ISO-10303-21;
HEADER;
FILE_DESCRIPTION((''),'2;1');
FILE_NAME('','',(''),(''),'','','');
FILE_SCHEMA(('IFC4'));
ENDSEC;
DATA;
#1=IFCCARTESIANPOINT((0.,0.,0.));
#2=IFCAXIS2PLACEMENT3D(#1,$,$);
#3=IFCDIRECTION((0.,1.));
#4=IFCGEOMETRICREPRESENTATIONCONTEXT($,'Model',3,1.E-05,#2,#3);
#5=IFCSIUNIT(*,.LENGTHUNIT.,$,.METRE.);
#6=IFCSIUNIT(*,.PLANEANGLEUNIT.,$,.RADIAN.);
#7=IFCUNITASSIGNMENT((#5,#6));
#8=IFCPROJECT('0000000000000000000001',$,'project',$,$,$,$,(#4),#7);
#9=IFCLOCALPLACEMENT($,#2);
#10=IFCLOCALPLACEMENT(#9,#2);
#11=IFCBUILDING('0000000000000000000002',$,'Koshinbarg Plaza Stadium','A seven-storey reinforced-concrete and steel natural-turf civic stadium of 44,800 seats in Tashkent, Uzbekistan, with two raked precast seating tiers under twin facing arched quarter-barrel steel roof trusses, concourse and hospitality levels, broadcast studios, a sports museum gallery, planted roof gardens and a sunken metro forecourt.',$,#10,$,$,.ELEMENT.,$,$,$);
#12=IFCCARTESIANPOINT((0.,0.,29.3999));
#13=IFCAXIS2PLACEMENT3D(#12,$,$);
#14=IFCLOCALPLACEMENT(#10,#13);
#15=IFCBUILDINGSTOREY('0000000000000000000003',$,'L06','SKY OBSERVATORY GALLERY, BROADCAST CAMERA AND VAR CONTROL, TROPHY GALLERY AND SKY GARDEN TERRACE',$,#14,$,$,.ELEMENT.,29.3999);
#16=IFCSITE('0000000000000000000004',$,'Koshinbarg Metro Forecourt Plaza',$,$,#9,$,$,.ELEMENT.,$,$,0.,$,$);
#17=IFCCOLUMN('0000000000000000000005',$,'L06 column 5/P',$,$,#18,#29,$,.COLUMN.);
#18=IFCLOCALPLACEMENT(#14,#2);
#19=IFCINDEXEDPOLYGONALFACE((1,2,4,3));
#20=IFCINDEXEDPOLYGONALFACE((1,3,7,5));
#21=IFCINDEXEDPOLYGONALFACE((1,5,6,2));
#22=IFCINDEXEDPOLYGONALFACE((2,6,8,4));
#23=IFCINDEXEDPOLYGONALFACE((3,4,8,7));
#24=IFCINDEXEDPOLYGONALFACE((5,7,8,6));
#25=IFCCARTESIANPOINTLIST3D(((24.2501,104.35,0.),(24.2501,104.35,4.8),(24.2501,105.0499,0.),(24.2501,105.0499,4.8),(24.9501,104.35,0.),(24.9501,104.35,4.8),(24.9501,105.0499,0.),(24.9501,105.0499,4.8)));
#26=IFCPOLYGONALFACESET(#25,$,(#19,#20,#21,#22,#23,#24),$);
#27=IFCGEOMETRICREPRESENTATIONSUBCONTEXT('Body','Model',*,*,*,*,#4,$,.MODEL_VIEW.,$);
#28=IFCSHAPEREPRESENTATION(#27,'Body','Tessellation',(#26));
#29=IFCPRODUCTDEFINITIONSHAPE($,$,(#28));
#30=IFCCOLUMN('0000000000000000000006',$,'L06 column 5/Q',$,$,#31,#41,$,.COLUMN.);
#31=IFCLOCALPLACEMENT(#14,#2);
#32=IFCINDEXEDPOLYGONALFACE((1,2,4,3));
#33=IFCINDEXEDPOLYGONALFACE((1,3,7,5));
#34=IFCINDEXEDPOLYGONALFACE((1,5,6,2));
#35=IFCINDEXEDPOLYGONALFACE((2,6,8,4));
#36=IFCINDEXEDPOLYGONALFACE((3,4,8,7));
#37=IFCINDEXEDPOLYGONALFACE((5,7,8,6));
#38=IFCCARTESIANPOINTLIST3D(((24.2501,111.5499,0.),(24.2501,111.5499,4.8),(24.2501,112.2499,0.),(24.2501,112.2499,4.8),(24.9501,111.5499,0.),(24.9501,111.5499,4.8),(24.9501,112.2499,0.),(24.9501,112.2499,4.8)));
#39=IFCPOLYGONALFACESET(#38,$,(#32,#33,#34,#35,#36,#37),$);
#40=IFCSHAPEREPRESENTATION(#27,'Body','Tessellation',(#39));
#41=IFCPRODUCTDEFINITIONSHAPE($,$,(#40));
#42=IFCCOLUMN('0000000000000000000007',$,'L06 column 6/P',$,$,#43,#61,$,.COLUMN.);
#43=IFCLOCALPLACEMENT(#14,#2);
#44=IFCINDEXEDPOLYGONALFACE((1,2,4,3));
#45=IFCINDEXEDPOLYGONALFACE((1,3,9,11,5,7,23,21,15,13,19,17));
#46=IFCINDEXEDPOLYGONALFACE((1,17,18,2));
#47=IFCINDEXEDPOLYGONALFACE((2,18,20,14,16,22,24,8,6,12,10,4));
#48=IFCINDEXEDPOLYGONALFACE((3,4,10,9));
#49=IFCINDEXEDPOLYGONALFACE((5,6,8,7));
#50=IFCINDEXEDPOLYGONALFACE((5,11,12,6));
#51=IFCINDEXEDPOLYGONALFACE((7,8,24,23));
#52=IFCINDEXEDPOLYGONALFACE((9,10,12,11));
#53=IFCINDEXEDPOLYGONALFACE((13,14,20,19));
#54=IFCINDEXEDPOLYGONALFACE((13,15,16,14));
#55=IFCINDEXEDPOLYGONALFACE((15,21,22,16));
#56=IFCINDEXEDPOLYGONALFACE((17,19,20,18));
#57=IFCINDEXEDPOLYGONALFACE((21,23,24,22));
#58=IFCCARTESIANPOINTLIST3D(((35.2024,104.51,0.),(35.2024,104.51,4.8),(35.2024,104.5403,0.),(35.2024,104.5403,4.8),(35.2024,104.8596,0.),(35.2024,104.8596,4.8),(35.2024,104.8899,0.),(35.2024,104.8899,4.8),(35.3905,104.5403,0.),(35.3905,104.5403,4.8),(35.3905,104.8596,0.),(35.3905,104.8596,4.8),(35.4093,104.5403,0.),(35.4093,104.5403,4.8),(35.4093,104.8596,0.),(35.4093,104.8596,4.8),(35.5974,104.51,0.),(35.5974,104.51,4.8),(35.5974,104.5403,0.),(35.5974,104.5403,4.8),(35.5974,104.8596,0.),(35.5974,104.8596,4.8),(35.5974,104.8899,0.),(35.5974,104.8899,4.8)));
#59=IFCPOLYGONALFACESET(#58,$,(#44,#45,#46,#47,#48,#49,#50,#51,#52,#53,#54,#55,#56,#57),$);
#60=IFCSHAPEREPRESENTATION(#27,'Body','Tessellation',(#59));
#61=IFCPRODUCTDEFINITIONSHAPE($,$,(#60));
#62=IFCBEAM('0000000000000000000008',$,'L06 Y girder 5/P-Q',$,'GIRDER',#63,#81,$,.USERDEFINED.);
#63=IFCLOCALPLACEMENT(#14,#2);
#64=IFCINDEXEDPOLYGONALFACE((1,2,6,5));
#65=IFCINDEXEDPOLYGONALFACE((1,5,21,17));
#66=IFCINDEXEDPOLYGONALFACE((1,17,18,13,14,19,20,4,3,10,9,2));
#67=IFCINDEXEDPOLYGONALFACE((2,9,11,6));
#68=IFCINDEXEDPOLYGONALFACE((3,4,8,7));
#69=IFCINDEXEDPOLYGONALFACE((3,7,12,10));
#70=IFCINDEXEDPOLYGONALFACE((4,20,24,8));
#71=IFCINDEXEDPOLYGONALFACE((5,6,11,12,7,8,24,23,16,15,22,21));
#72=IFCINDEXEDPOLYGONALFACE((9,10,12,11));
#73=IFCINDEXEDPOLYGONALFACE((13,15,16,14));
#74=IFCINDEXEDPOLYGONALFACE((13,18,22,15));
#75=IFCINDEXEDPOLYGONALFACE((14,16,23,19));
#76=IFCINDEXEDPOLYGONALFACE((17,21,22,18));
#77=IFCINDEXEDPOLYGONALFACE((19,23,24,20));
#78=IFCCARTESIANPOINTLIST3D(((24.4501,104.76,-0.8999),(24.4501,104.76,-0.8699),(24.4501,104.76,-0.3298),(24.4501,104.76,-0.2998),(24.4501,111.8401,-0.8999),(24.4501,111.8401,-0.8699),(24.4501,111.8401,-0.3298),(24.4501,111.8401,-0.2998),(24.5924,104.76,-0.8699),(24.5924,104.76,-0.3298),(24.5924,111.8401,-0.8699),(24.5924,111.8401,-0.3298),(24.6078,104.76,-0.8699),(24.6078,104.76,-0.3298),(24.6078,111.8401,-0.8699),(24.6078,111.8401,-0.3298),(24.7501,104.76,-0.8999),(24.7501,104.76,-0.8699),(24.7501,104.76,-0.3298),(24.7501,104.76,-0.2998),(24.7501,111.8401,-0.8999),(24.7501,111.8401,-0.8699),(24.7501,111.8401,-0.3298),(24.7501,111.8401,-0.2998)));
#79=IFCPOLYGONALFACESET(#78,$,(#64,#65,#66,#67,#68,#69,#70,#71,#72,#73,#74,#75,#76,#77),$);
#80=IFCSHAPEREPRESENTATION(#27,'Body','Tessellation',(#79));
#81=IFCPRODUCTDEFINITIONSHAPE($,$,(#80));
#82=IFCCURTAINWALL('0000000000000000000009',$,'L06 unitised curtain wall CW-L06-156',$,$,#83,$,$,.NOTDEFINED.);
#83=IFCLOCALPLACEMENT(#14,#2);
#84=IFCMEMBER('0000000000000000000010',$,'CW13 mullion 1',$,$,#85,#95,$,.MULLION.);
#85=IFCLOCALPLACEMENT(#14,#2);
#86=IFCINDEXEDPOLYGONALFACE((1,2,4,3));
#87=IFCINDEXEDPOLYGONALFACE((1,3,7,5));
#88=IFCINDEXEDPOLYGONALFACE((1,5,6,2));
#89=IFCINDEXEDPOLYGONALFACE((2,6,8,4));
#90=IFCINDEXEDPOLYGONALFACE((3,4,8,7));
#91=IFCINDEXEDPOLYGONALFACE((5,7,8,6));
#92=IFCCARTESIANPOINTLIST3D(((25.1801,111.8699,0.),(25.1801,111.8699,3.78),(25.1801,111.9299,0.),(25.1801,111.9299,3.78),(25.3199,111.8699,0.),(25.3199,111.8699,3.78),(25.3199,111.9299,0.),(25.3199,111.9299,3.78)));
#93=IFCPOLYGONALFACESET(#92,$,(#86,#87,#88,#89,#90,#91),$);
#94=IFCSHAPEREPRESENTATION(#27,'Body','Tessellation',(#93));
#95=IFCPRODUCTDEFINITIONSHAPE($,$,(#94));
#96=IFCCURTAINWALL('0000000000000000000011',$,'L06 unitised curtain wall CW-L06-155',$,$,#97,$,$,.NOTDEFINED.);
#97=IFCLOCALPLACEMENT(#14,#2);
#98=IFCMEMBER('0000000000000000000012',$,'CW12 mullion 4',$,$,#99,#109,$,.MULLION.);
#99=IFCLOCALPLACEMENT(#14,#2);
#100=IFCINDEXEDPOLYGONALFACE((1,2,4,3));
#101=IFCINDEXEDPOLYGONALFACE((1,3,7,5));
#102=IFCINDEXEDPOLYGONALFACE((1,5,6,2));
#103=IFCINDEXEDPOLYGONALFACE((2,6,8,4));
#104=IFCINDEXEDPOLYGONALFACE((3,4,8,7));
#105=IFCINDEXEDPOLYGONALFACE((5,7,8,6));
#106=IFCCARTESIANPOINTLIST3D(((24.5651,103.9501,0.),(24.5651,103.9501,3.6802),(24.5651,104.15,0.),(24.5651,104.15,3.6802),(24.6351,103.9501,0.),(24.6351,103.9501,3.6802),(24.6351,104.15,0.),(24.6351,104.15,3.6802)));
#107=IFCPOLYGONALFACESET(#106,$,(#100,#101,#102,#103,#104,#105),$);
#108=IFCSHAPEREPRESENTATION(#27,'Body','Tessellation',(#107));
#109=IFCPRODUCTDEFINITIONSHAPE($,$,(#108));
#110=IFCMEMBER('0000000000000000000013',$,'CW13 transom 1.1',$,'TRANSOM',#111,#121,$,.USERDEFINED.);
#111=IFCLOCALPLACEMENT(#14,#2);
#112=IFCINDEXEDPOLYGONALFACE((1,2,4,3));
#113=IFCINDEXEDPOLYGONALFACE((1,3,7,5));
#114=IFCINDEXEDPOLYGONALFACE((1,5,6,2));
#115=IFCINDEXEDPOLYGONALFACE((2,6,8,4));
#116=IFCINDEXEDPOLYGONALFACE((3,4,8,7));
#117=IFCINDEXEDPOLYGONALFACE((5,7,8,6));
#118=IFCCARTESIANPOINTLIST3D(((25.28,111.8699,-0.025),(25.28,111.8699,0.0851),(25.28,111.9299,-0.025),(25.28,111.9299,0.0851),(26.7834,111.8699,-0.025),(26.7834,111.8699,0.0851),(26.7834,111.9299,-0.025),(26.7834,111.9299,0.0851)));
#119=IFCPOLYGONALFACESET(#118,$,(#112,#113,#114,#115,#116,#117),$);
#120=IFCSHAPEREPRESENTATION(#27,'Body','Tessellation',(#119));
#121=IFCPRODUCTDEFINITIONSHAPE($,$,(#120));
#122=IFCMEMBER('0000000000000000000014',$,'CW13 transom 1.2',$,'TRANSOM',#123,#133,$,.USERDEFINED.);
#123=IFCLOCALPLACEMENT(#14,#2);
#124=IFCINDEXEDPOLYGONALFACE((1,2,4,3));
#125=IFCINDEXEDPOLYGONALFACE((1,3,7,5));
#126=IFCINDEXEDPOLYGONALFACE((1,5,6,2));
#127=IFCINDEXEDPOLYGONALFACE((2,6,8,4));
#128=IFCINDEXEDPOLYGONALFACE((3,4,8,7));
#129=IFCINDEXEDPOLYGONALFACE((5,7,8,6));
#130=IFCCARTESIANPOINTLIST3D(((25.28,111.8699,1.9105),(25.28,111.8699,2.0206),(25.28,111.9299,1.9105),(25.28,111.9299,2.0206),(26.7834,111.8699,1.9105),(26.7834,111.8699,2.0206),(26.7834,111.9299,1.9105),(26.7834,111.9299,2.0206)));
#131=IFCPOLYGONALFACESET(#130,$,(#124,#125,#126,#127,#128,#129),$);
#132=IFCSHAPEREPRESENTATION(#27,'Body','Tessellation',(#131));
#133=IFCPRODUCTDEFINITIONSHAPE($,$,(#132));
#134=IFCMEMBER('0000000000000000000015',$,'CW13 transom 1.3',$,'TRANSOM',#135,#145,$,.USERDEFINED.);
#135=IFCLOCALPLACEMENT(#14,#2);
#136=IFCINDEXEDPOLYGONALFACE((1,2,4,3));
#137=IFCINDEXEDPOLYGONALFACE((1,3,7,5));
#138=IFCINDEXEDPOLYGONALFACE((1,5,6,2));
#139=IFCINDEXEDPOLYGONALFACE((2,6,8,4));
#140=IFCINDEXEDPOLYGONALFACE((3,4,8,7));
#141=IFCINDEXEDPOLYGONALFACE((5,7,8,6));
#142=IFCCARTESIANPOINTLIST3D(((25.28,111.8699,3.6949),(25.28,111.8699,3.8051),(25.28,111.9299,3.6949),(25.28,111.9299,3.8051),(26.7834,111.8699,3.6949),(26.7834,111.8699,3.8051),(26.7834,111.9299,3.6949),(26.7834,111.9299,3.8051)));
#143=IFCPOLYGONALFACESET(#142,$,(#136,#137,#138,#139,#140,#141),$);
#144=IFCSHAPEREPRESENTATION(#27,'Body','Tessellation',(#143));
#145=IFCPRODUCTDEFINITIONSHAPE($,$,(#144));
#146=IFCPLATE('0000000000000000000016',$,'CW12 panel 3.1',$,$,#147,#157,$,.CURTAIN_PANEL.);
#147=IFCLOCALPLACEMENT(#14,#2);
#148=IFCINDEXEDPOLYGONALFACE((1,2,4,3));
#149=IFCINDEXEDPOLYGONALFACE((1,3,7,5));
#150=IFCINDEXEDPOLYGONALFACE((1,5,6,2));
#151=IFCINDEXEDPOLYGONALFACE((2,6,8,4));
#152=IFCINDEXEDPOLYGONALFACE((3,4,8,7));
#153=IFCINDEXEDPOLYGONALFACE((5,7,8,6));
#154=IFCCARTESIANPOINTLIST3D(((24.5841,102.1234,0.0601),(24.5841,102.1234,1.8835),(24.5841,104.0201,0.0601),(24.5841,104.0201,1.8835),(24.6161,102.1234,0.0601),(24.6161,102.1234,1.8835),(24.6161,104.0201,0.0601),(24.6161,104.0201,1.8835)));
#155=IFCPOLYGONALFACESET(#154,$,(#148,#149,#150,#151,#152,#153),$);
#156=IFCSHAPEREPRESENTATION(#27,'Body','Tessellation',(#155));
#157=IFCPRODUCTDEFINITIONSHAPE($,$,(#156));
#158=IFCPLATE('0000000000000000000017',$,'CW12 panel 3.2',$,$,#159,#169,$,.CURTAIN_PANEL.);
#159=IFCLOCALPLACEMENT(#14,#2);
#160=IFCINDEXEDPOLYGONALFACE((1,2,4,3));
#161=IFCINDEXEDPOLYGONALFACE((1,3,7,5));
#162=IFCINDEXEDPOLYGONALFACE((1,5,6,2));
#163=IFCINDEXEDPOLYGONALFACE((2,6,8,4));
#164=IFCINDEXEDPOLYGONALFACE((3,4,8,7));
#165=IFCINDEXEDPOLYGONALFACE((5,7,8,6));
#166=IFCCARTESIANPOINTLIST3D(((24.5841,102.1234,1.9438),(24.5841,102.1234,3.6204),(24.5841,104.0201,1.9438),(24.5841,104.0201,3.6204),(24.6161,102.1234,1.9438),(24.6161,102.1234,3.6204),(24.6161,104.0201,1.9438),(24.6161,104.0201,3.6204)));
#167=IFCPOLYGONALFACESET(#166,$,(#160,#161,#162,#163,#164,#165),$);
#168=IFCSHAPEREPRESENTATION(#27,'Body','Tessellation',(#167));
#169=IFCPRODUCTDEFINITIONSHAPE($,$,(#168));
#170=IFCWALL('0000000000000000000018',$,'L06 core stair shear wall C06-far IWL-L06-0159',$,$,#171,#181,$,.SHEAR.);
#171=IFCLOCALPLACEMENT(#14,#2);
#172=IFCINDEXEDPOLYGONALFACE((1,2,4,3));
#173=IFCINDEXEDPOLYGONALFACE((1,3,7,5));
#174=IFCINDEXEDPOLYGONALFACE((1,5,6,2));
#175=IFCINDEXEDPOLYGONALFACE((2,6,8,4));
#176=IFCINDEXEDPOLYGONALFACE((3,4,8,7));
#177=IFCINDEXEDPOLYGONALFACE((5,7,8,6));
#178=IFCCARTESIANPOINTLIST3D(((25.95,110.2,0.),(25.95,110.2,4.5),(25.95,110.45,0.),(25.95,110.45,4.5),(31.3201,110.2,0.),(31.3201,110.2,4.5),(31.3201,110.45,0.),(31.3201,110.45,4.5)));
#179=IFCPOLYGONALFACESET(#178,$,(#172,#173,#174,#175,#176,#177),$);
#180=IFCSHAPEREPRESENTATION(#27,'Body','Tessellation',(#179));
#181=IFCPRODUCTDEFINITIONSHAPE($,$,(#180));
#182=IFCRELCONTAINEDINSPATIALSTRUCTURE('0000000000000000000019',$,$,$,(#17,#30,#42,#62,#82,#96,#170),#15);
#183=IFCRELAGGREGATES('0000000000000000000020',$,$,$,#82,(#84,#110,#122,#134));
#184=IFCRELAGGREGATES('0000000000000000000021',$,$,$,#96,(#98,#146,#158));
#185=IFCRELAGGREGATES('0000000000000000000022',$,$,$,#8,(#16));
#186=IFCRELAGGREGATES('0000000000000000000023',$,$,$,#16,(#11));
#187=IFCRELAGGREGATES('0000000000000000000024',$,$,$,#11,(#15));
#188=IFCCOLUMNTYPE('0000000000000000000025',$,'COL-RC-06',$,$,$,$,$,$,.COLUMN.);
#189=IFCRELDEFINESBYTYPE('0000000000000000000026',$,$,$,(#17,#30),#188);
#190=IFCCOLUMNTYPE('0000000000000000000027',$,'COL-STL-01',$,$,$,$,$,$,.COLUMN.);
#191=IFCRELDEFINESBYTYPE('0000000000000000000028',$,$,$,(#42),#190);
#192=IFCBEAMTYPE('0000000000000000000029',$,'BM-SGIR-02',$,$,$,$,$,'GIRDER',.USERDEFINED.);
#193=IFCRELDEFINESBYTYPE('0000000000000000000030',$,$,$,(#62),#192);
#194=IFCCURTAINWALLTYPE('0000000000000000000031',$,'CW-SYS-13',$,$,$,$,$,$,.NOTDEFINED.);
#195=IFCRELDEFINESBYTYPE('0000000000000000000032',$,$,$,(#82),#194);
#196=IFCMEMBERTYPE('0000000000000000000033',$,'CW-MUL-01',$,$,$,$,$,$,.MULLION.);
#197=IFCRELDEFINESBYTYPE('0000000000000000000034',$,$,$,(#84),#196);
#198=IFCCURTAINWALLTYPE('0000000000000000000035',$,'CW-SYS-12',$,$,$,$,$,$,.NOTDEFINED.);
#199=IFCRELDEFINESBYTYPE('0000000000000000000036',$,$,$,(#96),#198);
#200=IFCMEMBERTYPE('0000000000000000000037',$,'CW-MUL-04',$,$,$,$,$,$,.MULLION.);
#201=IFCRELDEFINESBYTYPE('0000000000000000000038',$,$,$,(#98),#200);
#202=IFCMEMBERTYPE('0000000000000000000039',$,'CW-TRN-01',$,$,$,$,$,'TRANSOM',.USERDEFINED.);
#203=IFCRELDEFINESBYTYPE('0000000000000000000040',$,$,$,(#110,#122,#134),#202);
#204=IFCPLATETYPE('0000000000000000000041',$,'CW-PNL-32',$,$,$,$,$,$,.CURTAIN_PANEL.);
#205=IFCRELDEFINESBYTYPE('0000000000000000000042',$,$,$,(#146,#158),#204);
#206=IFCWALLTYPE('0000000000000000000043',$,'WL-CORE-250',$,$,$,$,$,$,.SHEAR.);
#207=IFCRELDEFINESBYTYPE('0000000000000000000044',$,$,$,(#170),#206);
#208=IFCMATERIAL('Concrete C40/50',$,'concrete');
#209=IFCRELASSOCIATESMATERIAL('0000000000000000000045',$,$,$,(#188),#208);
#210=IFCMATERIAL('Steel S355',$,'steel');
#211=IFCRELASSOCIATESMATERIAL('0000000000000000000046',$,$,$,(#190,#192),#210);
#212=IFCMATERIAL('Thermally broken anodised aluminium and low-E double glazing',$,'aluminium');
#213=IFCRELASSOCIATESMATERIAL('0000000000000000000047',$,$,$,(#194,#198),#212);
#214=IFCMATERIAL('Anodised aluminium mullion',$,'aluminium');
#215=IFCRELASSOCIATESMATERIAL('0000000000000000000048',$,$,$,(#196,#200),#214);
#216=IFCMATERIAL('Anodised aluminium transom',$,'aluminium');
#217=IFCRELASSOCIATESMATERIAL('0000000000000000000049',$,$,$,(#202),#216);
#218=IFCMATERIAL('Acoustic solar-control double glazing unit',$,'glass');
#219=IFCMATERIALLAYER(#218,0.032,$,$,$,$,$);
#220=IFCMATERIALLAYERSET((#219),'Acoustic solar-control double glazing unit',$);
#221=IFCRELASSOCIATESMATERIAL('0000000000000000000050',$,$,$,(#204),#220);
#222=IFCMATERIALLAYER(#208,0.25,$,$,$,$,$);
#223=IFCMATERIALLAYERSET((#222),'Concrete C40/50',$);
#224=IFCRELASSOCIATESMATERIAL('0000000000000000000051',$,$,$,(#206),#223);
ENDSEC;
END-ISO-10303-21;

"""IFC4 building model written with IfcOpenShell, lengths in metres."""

from ifc_helpers import new_model, si_unit, direction, frame, frame_2d, origin, origin_2d, place, context, subcontext, project, spatial, rectangle, i_section, extrude, material, layer, layer_set, material_profile, profile_set, type_object, element, aggregate, save


model = new_model("IFC4")

# Units and contexts
model_context = context("Model", 3, precision=1e-05, world=origin(), true_north=direction((0.0, 1.0)))
body_context = subcontext(model_context, "Body", "Model", "MODEL_VIEW")
ifc_project = project(units=[si_unit("LENGTHUNIT", "METRE"), si_unit("PLANEANGLEUNIT", "RADIAN")], contexts=[model_context])

# Site, building, storey
site_placement = place(None, origin())
site = spatial("IfcSite", under=ifc_project, at=site_placement, Name="Koshinbarg Metro Forecourt Plaza", CompositionType="ELEMENT", RefElevation=0.0)
building_placement = place(site_placement, origin())
building = spatial("IfcBuilding", under=site, at=building_placement, Name="Koshinbarg Plaza Stadium", Description="A seven-storey reinforced-concrete and steel natural-turf civic stadium of 44,800 seats in Tashkent, Uzbekistan, with two raked precast seating tiers under twin facing arched quarter-barrel steel roof trusses, concourse and hospitality levels, broadcast studios, a sports museum gallery, planted roof gardens and a sunken metro forecourt.", CompositionType="ELEMENT")
storey_placement = place(building_placement, frame((0.0, 0.0, 29.3999)))
storey = spatial("IfcBuildingStorey", under=building, at=storey_placement, Name="L06", Description="SKY OBSERVATORY GALLERY, BROADCAST CAMERA AND VAR CONTROL, TROPHY GALLERY AND SKY GARDEN TERRACE", CompositionType="ELEMENT", Elevation=29.3999)

# Columns
ifc_material_1 = material(Name="Concrete C40/50", Category="concrete")
ifc_material_profile_1 = material_profile(ifc_material_1, rectangle(XDim=0.7, YDim=0.7, at=origin_2d()), Name="RC 700x700")
ifc_profile_set_1 = profile_set([ifc_material_profile_1], Name="Concrete C40/50")
column_type_1 = type_object("IfcColumnType", Name="COL-RC-06", PredefinedType="COLUMN", material=ifc_profile_set_1)
for number, where, z_axis, x_axis, name in (
    (1, (24.6001, 104.7, 0.0), (0.0, 0.0, 1.0), (1.0, 0.0, 0.0), "L06 column 5/P"),
    (2, (24.6001, 111.8999, 0.0), (0.0, 0.0, 1.0), (1.0, 0.0, 0.0), "L06 column 5/Q"),
):
    element("IfcColumn", number, at=place(storey_placement, frame(where, z_axis=z_axis, x_axis=x_axis)), inside=storey, type_object=column_type_1, Name=name, PredefinedType="COLUMN", context=body_context, shape_type="SweptSolid", body=[
        extrude(rectangle(XDim=0.7, YDim=0.7, at=origin_2d()), origin(), (0.0, 0.0, 1.0), 4.8),
    ])
ifc_material_2 = material(Name="Steel S355", Category="steel")
ifc_material_profile_2 = material_profile(ifc_material_2, i_section(OverallWidth=0.395, OverallDepth=0.3799, WebThickness=0.0188, FlangeThickness=0.0303, at=origin_2d()), Name="HD 400x237")
ifc_profile_set_2 = profile_set([ifc_material_profile_2], Name="Steel S355")
column_type_2 = type_object("IfcColumnType", Name="COL-STL-01", PredefinedType="COLUMN", material=ifc_profile_set_2)
column_placement = place(storey_placement, frame((35.3999, 104.7, 0.0), z_axis=(0.0, 0.0, 1.0), x_axis=(1.0, 0.0, 0.0)))
element("IfcColumn", 3, at=column_placement, inside=storey, type_object=column_type_2, Name="L06 column 6/P", PredefinedType="COLUMN", context=body_context, shape_type="SweptSolid", body=[
    extrude(i_section(OverallWidth=0.395, OverallDepth=0.3799, WebThickness=0.0188, FlangeThickness=0.0303, at=origin_2d()), origin(), (0.0, 0.0, 1.0), 4.8),
])

# Beam
ifc_material_profile_3 = material_profile(ifc_material_2, i_section(OverallWidth=0.3, OverallDepth=0.6001, WebThickness=0.0154, FlangeThickness=0.03, at=origin_2d()), Name="HEB 600")
ifc_profile_set_3 = profile_set([ifc_material_profile_3], Name="Steel S355")
beam_type = type_object("IfcBeamType", Name="BM-SGIR-02", ElementType="GIRDER", PredefinedType="USERDEFINED", material=ifc_profile_set_3)
beam_placement = place(storey_placement, frame((24.6001, 104.76, -0.5999), z_axis=(0.0, 1.0, 0.0), x_axis=(-1.0, 0.0, 0.0)))
element("IfcBeam", 4, at=beam_placement, inside=storey, type_object=beam_type, Name="L06 Y girder 5/P-Q", ObjectType="GIRDER", PredefinedType="USERDEFINED", context=body_context, shape_type="SweptSolid", body=[
    extrude(i_section(OverallWidth=0.3, OverallDepth=0.6001, WebThickness=0.0154, FlangeThickness=0.03, at=origin_2d()), origin(), (0.0, 0.0, 1.0), 7.0801),
])

# Curtain walls, members
ifc_material_3 = material(Name="Thermally broken anodised aluminium and low-E double glazing", Category="aluminium")
curtain_wall_type_1 = type_object("IfcCurtainWallType", Name="CW-SYS-13", PredefinedType="NOTDEFINED", material=ifc_material_3)
curtain_wall_1_placement = place(storey_placement, origin())
curtain_wall_1 = element("IfcCurtainWall", 5, at=curtain_wall_1_placement, inside=storey, type_object=curtain_wall_type_1, Name="L06 unitised curtain wall CW-L06-156", PredefinedType="NOTDEFINED")
ifc_material_4 = material(Name="Anodised aluminium mullion", Category="aluminium")
ifc_material_profile_4 = material_profile(ifc_material_4, rectangle(XDim=0.0601, YDim=0.1399, at=origin_2d()), Name="ALU 60x140")
ifc_profile_set_4 = profile_set([ifc_material_profile_4], Name="Anodised aluminium mullion")
member_type_1 = type_object("IfcMemberType", Name="CW-MUL-01", PredefinedType="MULLION", material=ifc_profile_set_4)
member_1_placement = place(storey_placement, frame((25.25, 111.8999, 0.0), z_axis=(0.0, 0.0, 1.0), x_axis=(0.0, 1.0, 0.0)))
member_1 = element("IfcMember", 6, at=member_1_placement, type_object=member_type_1, Name="CW13 mullion 1", PredefinedType="MULLION", context=body_context, shape_type="SweptSolid", body=[
    extrude(rectangle(XDim=0.0601, YDim=0.1399, at=origin_2d()), origin(), (0.0, 0.0, 1.0), 3.78),
])
curtain_wall_type_2 = type_object("IfcCurtainWallType", Name="CW-SYS-12", PredefinedType="NOTDEFINED", material=ifc_material_3)
curtain_wall_2_placement = place(storey_placement, origin())
curtain_wall_2 = element("IfcCurtainWall", 7, at=curtain_wall_2_placement, inside=storey, type_object=curtain_wall_type_2, Name="L06 unitised curtain wall CW-L06-155", PredefinedType="NOTDEFINED")
ifc_material_profile_5 = material_profile(ifc_material_4, rectangle(XDim=0.0701, YDim=0.2, at=origin_2d()), Name="ALU 70x200")
ifc_profile_set_5 = profile_set([ifc_material_profile_5], Name="Anodised aluminium mullion")
member_type_2 = type_object("IfcMemberType", Name="CW-MUL-04", PredefinedType="MULLION", material=ifc_profile_set_5)
member_2_placement = place(storey_placement, frame((24.6001, 104.05, 0.0), z_axis=(0.0, 0.0, 1.0), x_axis=(-1.0, 0.0, 0.0)))
member_2 = element("IfcMember", 8, at=member_2_placement, type_object=member_type_2, Name="CW12 mullion 4", PredefinedType="MULLION", context=body_context, shape_type="SweptSolid", body=[
    extrude(rectangle(XDim=0.0701, YDim=0.2, at=origin_2d()), origin(), (0.0, 0.0, 1.0), 3.6802),
])

# Members
ifc_material_5 = material(Name="Anodised aluminium transom", Category="aluminium")
ifc_material_profile_6 = material_profile(ifc_material_5, rectangle(XDim=0.0601, YDim=0.1101, at=origin_2d()), Name="ALU 60x110")
ifc_profile_set_6 = profile_set([ifc_material_profile_6], Name="Anodised aluminium transom")
member_type_3 = type_object("IfcMemberType", Name="CW-TRN-01", ElementType="TRANSOM", PredefinedType="USERDEFINED", material=ifc_profile_set_6)
member_3_placement = place(storey_placement, frame((25.28, 111.8999, 0.03), z_axis=(1.0, 0.0, 0.0), x_axis=(0.0, 1.0, 0.0)))
member_3 = element("IfcMember", 9, at=member_3_placement, type_object=member_type_3, Name="CW13 transom 1.1", ObjectType="TRANSOM", PredefinedType="USERDEFINED", context=body_context, shape_type="SweptSolid", body=[
    extrude(rectangle(XDim=0.0601, YDim=0.1101, at=origin_2d()), origin(), (0.0, 0.0, 1.0), 1.5034),
])
member_4_placement = place(storey_placement, frame((25.28, 111.8999, 1.9656), z_axis=(1.0, 0.0, 0.0), x_axis=(0.0, 1.0, 0.0)))
member_4 = element("IfcMember", 10, at=member_4_placement, type_object=member_type_3, Name="CW13 transom 1.2", ObjectType="TRANSOM", PredefinedType="USERDEFINED", context=body_context, shape_type="SweptSolid", body=[
    extrude(rectangle(XDim=0.0601, YDim=0.1101, at=origin_2d()), origin(), (0.0, 0.0, 1.0), 1.5034),
])
member_5_placement = place(storey_placement, frame((25.28, 111.8999, 3.75), z_axis=(1.0, 0.0, 0.0), x_axis=(0.0, 1.0, 0.0)))
member_5 = element("IfcMember", 11, at=member_5_placement, type_object=member_type_3, Name="CW13 transom 1.3", ObjectType="TRANSOM", PredefinedType="USERDEFINED", context=body_context, shape_type="SweptSolid", body=[
    extrude(rectangle(XDim=0.0601, YDim=0.1101, at=origin_2d()), origin(), (0.0, 0.0, 1.0), 1.5034),
])
aggregate(curtain_wall_1, [member_1, member_3, member_4, member_5])

# Plates
ifc_material_6 = material(Name="Acoustic solar-control double glazing unit", Category="glass")
ifc_layer_1 = layer(ifc_material_6, 0.032)
ifc_layer_set_1 = layer_set([ifc_layer_1], Name="Acoustic solar-control double glazing unit")
plate_type = type_object("IfcPlateType", Name="CW-PNL-32", PredefinedType="CURTAIN_PANEL", material=ifc_layer_set_1)
plate_1_placement = place(storey_placement, frame((24.6001, 103.0718, 0.0601), z_axis=(0.0, 0.0, 1.0), x_axis=(0.0, 1.0, 0.0)))
plate_1 = element("IfcPlate", 12, at=plate_1_placement, type_object=plate_type, Name="CW12 panel 3.1", PredefinedType="CURTAIN_PANEL", context=body_context, shape_type="SweptSolid", body=[
    extrude(rectangle(XDim=1.8967, YDim=0.032, at=origin_2d()), origin(), (0.0, 0.0, 1.0), 1.8235),
])
plate_2_placement = place(storey_placement, frame((24.6001, 103.0718, 1.9438), z_axis=(0.0, 0.0, 1.0), x_axis=(0.0, 1.0, 0.0)))
plate_2 = element("IfcPlate", 13, at=plate_2_placement, type_object=plate_type, Name="CW12 panel 3.2", PredefinedType="CURTAIN_PANEL", context=body_context, shape_type="SweptSolid", body=[
    extrude(rectangle(XDim=1.8967, YDim=0.032, at=origin_2d()), origin(), (0.0, 0.0, 1.0), 1.6765),
])
aggregate(curtain_wall_2, [member_2, plate_1, plate_2])

# Wall
ifc_layer_2 = layer(ifc_material_1, 0.25)
ifc_layer_set_2 = layer_set([ifc_layer_2], Name="Concrete C40/50")
wall_type_1 = type_object("IfcWallType", Name="WL-CORE-250", PredefinedType="SHEAR", material=ifc_layer_set_2)
wall_1_placement = place(storey_placement, frame((31.3201, 110.325, 0.0), z_axis=(0.0, 0.0, 1.0), x_axis=(-1.0, 0.0, 0.0)))
element("IfcWall", 14, at=wall_1_placement, inside=storey, type_object=wall_type_1, Name="L06 core stair shear wall C06-far IWL-L06-0159", PredefinedType="SHEAR", context=body_context, shape_type="SweptSolid", body=[
    extrude(rectangle(XDim=5.3701, YDim=0.25, at=frame_2d((2.6851, 0.0))), origin(), (0.0, 0.0, 1.0), 4.5),
])

save(model, "model.ifc")
